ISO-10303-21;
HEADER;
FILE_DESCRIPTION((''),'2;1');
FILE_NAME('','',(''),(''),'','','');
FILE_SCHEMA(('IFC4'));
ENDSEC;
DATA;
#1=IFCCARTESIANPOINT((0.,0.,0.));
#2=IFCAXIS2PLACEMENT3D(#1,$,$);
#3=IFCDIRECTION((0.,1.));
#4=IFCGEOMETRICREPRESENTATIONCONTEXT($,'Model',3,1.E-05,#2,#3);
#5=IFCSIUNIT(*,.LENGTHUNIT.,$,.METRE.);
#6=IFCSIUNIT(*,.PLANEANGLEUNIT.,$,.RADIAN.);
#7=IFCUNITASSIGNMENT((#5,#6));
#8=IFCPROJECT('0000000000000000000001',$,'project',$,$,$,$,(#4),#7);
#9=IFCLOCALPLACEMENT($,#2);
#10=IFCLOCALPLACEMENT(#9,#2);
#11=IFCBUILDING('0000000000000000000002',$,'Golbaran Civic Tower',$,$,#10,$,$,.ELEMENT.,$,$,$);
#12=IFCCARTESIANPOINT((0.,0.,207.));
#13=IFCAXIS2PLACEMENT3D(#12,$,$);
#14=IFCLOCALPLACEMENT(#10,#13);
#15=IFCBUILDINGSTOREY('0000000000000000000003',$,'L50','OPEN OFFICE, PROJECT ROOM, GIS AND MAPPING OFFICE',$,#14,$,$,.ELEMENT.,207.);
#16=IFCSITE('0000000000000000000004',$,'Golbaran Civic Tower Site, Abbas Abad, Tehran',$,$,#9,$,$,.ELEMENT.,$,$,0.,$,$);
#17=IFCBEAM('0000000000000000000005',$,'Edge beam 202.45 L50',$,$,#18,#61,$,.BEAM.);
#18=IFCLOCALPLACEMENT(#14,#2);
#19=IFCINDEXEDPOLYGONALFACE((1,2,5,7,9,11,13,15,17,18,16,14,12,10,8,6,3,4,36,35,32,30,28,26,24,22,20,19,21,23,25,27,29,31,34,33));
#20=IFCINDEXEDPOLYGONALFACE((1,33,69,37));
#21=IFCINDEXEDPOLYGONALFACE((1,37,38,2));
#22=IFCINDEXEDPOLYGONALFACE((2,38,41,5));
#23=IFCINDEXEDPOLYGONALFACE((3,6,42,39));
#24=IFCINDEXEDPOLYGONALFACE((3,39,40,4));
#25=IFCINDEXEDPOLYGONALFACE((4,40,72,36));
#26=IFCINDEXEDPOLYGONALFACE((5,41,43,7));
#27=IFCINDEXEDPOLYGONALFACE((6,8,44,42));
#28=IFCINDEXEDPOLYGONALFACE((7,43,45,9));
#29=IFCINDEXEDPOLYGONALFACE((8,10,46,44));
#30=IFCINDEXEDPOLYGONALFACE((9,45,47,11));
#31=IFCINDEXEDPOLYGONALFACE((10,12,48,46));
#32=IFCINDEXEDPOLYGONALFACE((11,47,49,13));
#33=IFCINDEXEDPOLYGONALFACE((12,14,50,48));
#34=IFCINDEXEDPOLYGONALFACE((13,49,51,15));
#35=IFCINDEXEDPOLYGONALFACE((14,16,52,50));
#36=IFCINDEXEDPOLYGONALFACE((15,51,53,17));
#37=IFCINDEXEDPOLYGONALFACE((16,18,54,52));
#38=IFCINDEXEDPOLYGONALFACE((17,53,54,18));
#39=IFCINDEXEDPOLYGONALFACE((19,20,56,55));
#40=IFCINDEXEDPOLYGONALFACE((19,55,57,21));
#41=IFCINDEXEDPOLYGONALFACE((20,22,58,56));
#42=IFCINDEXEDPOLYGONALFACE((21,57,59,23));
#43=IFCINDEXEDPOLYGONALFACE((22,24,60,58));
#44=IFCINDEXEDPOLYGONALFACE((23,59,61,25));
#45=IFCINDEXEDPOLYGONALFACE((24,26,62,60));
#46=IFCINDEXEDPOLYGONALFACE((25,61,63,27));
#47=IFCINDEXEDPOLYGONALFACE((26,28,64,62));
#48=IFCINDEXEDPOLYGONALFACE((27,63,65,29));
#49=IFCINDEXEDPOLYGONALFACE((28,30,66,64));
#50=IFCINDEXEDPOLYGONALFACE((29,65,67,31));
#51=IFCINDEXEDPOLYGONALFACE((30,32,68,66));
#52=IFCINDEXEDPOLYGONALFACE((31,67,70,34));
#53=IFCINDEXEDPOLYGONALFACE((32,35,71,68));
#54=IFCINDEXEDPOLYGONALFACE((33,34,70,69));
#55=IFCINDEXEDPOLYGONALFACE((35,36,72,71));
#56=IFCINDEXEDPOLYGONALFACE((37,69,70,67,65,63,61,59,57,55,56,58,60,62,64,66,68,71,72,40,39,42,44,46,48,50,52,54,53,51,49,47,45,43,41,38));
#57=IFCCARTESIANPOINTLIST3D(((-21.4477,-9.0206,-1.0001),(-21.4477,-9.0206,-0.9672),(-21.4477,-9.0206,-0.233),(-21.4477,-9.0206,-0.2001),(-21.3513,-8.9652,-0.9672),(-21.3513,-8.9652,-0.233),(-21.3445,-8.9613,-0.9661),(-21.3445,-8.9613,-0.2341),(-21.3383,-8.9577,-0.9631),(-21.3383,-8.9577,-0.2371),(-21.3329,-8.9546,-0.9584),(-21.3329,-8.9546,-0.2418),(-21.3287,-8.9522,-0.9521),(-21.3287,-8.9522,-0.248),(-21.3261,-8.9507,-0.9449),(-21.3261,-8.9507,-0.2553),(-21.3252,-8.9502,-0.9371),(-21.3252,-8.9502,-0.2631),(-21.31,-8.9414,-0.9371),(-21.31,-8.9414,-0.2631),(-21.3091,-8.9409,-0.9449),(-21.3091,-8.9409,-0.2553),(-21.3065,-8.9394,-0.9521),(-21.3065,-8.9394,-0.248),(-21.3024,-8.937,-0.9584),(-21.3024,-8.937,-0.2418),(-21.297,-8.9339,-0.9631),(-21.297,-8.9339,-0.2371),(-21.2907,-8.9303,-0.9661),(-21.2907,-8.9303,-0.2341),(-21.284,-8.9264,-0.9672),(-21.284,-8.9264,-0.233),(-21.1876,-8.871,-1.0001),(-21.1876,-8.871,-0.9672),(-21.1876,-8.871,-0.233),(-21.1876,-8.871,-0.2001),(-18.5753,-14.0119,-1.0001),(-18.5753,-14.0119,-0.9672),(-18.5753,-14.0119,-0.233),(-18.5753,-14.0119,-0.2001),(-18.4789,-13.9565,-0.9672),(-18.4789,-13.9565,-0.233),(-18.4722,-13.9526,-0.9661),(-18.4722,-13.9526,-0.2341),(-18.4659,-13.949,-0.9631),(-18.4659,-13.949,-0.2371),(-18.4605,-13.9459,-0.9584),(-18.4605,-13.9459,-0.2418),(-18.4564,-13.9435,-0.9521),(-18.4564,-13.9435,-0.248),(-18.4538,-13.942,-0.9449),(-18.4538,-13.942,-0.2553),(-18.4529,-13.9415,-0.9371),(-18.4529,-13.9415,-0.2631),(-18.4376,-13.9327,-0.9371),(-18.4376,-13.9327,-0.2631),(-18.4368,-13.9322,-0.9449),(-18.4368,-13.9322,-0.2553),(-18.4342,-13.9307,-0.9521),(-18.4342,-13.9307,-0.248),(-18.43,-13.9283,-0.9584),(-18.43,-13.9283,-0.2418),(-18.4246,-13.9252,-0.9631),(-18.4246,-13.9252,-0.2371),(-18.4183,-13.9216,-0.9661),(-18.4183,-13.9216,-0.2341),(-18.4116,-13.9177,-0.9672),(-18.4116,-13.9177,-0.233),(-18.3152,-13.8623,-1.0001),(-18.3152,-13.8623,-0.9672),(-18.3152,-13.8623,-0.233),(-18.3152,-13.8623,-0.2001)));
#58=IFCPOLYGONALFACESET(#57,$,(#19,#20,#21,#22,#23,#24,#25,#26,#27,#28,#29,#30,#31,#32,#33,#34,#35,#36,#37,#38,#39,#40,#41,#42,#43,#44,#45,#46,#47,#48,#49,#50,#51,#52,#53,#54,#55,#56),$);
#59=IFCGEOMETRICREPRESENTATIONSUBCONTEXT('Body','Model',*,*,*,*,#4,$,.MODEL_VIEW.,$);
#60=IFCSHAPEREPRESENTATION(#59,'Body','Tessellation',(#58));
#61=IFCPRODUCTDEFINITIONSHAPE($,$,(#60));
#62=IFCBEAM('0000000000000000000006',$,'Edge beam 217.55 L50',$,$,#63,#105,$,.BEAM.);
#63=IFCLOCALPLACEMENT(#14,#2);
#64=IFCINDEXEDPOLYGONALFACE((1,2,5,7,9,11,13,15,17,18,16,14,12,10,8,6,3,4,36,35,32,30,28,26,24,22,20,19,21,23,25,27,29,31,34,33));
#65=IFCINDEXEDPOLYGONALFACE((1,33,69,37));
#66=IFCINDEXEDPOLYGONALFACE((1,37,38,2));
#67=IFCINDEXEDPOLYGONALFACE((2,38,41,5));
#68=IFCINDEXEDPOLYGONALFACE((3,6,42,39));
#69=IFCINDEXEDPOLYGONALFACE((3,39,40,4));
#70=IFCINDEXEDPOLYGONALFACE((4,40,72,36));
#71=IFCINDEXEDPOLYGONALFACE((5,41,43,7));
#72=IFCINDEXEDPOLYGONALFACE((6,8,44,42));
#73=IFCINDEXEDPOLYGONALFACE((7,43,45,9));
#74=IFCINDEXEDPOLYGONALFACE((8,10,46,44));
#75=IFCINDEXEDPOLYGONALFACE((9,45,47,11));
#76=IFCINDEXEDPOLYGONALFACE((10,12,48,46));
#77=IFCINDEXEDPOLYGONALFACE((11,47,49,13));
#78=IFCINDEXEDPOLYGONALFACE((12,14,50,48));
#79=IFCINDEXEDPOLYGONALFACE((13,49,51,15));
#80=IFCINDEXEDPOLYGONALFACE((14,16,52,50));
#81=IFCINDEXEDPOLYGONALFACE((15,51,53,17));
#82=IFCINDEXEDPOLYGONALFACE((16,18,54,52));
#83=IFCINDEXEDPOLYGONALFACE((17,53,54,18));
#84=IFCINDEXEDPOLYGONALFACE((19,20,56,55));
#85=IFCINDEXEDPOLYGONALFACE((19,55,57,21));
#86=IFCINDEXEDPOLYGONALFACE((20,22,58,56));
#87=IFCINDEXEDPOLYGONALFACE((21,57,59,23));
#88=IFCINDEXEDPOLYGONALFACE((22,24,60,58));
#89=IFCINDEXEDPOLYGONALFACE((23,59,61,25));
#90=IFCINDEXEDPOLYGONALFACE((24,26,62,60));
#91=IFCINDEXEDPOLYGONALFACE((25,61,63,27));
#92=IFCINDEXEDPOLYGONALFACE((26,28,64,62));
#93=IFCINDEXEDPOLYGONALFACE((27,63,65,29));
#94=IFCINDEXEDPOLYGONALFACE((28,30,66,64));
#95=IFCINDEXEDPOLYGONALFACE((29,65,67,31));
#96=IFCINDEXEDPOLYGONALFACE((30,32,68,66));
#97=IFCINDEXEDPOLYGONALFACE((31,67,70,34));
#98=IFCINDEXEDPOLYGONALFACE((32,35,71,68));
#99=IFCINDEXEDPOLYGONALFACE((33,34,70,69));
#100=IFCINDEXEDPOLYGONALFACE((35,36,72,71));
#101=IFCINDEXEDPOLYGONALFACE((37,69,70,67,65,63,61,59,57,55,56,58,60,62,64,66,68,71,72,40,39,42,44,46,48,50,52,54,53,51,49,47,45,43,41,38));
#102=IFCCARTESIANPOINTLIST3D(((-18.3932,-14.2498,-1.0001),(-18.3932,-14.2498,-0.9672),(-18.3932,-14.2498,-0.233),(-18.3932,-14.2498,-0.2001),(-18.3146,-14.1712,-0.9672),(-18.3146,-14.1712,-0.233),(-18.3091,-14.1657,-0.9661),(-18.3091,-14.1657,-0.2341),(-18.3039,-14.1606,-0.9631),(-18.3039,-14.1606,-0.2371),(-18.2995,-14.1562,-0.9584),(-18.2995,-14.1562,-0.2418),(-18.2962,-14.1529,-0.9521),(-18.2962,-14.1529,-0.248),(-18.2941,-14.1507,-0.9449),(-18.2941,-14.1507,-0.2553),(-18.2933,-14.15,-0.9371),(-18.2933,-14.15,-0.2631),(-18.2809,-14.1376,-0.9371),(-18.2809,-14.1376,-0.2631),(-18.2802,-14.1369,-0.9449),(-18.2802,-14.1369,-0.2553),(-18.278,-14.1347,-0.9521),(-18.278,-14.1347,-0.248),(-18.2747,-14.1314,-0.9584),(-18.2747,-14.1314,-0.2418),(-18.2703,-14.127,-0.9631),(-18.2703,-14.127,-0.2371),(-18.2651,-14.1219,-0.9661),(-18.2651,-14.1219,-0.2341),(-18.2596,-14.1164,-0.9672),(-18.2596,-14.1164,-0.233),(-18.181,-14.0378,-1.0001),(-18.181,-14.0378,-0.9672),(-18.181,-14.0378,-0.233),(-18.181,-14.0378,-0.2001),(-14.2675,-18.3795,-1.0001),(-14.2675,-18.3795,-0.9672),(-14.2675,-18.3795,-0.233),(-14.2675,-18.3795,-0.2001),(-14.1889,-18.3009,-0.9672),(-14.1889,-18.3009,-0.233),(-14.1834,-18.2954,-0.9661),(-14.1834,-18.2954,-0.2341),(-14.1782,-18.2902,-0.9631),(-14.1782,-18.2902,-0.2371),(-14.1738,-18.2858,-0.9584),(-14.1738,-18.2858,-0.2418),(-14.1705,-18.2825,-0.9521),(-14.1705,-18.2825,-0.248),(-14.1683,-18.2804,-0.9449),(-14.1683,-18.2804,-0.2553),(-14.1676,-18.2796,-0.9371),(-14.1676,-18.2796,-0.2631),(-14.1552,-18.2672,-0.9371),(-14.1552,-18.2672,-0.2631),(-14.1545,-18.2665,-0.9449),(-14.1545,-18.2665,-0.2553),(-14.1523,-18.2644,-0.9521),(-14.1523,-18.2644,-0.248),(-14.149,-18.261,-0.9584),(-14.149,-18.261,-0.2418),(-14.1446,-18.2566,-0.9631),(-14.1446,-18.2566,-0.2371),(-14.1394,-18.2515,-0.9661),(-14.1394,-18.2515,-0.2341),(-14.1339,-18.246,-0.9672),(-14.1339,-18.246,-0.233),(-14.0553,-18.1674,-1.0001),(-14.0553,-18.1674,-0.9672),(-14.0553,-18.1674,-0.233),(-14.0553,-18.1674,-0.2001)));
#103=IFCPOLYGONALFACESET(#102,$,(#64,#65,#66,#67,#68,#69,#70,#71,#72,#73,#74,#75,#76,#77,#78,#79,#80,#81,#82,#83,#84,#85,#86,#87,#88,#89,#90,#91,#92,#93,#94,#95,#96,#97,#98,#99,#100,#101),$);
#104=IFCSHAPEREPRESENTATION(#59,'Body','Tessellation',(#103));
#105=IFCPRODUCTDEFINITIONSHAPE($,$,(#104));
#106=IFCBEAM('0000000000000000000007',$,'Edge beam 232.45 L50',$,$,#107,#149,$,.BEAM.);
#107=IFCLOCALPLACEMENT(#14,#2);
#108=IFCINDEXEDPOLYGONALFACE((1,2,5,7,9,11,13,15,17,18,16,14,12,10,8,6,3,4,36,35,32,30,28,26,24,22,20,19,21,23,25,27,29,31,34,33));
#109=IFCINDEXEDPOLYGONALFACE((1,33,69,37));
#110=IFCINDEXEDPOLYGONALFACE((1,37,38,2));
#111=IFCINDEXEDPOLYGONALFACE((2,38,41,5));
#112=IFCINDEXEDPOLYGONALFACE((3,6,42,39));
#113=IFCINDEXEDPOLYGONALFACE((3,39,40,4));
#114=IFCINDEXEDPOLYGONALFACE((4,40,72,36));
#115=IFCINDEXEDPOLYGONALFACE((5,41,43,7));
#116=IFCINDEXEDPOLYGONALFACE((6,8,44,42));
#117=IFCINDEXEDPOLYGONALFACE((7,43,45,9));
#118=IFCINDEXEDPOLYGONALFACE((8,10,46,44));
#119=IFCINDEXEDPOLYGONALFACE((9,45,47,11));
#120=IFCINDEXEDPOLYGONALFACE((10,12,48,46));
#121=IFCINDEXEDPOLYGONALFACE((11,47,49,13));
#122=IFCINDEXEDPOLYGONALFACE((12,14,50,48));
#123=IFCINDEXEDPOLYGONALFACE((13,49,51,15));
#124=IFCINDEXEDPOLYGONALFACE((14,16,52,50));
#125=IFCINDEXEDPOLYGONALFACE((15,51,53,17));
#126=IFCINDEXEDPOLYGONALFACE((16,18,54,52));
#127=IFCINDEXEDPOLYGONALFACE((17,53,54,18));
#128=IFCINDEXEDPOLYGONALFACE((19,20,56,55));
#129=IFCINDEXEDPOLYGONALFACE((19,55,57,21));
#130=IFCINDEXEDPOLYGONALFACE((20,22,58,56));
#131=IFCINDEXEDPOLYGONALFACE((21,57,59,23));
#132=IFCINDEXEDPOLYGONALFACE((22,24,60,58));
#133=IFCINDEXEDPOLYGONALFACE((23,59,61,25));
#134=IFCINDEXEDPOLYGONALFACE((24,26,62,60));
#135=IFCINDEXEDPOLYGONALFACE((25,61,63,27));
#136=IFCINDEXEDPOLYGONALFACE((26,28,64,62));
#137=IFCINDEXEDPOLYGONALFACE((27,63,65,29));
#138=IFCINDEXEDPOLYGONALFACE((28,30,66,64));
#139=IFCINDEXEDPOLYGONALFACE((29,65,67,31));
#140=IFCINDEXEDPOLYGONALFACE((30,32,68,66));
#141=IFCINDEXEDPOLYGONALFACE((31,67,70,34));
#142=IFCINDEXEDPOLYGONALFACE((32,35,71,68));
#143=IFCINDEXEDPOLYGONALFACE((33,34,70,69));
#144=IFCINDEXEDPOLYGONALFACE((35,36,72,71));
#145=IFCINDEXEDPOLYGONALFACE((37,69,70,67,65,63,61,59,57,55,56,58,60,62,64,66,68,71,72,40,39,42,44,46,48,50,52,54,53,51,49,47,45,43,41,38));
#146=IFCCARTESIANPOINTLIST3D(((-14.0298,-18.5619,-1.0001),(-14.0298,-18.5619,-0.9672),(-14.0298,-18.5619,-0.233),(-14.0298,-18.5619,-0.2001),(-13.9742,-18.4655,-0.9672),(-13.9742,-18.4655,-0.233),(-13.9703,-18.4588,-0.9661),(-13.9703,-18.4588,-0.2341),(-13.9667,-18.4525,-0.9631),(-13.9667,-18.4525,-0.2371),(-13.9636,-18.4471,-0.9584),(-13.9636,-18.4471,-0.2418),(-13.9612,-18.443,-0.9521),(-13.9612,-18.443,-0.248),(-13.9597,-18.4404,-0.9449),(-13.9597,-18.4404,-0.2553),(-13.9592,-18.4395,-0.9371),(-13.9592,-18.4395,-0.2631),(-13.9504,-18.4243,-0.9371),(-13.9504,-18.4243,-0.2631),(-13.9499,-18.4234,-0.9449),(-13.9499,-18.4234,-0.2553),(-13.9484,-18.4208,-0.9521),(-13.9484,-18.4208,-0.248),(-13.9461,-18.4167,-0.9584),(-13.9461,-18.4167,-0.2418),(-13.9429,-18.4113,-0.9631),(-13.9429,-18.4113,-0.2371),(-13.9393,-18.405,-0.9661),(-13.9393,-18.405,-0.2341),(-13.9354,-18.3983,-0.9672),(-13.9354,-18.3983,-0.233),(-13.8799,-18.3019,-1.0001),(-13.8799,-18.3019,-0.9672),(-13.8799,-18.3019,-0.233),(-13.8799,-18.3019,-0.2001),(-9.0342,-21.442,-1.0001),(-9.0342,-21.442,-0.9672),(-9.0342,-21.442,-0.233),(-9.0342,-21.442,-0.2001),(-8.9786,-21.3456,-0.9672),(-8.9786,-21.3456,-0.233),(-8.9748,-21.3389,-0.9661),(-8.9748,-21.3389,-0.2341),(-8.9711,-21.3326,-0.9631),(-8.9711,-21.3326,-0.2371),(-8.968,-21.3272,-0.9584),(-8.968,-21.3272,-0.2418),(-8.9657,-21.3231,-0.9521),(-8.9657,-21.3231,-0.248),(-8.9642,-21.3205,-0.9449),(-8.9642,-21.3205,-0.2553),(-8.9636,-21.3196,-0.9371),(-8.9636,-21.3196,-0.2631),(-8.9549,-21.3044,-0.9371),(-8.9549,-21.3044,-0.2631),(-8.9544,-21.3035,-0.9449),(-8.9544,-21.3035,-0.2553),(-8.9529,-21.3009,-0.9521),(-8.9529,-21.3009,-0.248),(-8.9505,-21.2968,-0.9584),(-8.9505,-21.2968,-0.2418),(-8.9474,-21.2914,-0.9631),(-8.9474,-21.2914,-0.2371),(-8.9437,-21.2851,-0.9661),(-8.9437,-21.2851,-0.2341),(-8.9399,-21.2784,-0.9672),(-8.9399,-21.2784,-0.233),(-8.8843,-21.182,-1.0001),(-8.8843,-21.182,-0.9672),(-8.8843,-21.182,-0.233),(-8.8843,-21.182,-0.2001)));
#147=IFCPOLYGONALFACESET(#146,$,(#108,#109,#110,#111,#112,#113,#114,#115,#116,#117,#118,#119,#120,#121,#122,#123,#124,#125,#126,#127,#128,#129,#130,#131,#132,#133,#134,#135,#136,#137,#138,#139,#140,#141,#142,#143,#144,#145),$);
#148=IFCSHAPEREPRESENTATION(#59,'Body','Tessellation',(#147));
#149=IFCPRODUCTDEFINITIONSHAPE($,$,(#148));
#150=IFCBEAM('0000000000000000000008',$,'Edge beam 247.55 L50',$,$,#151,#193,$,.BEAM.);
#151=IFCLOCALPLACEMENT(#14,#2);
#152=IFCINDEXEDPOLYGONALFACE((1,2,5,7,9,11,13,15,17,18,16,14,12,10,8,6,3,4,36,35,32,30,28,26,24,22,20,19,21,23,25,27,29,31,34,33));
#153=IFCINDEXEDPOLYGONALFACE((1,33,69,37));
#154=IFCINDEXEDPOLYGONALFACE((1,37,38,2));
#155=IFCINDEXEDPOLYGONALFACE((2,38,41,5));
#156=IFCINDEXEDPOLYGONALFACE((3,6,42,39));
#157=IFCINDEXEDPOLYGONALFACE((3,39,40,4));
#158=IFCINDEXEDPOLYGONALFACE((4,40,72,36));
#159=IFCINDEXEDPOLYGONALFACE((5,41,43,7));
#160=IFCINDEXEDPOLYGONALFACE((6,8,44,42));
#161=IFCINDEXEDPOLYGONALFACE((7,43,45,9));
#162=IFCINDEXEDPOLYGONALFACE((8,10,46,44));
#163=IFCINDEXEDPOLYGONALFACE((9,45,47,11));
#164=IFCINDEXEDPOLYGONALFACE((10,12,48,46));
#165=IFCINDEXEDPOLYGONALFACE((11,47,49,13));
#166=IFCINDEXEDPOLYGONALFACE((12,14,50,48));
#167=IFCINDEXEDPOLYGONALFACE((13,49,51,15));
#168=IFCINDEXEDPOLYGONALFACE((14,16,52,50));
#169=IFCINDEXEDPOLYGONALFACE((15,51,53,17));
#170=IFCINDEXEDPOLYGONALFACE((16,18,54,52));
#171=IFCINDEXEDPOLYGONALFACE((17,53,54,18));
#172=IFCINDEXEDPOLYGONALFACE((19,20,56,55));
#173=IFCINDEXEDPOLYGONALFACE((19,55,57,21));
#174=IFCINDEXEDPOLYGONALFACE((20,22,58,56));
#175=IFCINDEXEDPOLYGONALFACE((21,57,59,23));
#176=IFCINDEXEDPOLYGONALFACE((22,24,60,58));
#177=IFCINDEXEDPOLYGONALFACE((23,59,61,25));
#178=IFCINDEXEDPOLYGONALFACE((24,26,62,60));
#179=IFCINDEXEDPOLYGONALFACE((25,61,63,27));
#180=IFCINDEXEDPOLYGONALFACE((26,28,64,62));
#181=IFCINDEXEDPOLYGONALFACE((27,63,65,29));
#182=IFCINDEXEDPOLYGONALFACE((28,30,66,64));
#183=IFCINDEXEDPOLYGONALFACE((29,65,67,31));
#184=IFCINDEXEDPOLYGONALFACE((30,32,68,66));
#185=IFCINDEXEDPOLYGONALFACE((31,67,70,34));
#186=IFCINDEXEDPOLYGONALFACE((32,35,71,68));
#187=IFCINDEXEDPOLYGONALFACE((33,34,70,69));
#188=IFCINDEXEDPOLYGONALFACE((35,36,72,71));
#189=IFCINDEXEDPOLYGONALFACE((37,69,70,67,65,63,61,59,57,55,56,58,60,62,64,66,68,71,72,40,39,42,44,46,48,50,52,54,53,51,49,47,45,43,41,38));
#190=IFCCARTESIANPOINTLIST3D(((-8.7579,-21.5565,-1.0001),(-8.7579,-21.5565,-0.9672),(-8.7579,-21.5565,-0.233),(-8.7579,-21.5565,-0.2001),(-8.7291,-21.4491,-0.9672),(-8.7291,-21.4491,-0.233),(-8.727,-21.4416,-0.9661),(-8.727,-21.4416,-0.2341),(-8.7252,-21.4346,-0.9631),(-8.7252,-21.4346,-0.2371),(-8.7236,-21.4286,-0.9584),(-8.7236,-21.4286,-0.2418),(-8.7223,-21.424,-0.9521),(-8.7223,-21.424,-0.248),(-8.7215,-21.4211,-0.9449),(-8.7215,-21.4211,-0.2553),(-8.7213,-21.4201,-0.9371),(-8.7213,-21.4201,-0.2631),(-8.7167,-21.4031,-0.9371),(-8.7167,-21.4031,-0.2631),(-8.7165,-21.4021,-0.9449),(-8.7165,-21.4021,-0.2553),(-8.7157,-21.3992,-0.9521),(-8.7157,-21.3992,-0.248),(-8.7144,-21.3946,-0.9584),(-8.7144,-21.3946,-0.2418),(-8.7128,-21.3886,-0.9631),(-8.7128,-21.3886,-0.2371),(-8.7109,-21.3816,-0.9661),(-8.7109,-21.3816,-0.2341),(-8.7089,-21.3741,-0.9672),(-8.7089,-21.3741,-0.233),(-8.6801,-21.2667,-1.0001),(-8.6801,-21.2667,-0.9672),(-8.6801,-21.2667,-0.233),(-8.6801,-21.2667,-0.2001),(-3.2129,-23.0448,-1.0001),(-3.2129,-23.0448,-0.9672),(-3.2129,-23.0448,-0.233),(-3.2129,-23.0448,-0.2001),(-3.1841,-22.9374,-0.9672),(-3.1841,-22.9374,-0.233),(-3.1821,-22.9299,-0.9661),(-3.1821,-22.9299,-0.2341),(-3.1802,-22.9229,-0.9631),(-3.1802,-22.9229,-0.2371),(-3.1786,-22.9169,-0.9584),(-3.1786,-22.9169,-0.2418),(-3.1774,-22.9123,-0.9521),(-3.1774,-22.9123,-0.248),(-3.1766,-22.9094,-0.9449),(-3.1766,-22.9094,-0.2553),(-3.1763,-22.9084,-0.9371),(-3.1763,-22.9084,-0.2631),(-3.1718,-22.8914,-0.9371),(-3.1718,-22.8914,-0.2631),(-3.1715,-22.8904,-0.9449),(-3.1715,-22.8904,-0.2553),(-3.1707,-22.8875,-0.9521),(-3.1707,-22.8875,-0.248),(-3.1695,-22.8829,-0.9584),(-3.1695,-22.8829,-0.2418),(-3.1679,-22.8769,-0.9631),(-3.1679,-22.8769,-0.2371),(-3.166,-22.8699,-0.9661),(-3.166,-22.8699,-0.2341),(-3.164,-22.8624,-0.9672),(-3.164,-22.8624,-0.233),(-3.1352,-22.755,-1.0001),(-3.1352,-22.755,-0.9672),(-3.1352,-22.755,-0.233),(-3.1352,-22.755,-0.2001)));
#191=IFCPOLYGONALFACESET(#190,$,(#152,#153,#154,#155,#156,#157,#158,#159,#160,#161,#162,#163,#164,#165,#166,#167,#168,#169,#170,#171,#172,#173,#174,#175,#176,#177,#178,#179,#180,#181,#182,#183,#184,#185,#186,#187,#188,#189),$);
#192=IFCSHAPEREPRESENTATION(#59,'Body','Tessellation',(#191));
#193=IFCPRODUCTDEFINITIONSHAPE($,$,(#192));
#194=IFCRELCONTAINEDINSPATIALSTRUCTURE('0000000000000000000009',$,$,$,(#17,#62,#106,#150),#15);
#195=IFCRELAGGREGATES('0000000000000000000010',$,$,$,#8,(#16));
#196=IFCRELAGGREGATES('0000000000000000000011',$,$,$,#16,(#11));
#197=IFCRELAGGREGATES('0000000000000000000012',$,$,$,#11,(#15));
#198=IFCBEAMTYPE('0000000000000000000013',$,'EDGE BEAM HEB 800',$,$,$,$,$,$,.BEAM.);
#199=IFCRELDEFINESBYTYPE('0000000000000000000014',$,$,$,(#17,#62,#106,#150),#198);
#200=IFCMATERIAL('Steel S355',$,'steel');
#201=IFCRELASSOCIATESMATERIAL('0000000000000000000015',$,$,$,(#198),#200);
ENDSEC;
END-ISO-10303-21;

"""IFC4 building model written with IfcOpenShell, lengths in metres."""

from ifc_helpers import new_model, si_unit, direction, frame, origin, origin_2d, place, context, subcontext, project, spatial, i_section, extrude, material, material_profile, profile_set, type_object, element, save


model = new_model("IFC4")

# Units and contexts
model_context = context("Model", 3, precision=1e-05, world=origin(), true_north=direction((0.0, 1.0)))
body_context = subcontext(model_context, "Body", "Model", "MODEL_VIEW")
ifc_project = project(units=[si_unit("LENGTHUNIT", "METRE"), si_unit("PLANEANGLEUNIT", "RADIAN")], contexts=[model_context])

# Site, building, storey
site_placement = place(None, origin())
site = spatial("IfcSite", under=ifc_project, at=site_placement, Name="Golbaran Civic Tower Site, Abbas Abad, Tehran", CompositionType="ELEMENT", RefElevation=0.0)
building_placement = place(site_placement, origin())
building = spatial("IfcBuilding", under=site, at=building_placement, Name="Golbaran Civic Tower", CompositionType="ELEMENT")
storey_placement = place(building_placement, frame((0.0, 0.0, 207.0)))
storey = spatial("IfcBuildingStorey", under=building, at=storey_placement, Name="L50", Description="OPEN OFFICE, PROJECT ROOM, GIS AND MAPPING OFFICE", CompositionType="ELEMENT", Elevation=207.0)

# Beams
ifc_material_1 = material(Name="Steel S355", Category="steel")
ifc_material_profile_1 = material_profile(ifc_material_1, i_section(OverallWidth=0.3, OverallDepth=0.8, WebThickness=0.0176, FlangeThickness=0.033, FilletRadius=0.03, at=origin_2d()), Name="HEB 800")
ifc_profile_set_1 = profile_set([ifc_material_profile_1], Name="Steel S355")
beam_type_1 = type_object("IfcBeamType", Name="EDGE BEAM HEB 800", PredefinedType="BEAM", material=ifc_profile_set_1)
beam_1_placement = place(storey_placement, frame((-21.3176, -8.9458, -0.6001), z_axis=(0.49878, -0.866729, 0.0), x_axis=(0.866729, 0.49878, 0.0)))
element("IfcBeam", 1, at=beam_1_placement, inside=storey, type_object=beam_type_1, Name="Edge beam 202.45 L50", PredefinedType="BEAM", context=body_context, shape_type="SweptSolid", body=[
    extrude(i_section(OverallWidth=0.3, OverallDepth=0.8, WebThickness=0.0176, FlangeThickness=0.033, FilletRadius=0.03, at=origin_2d()), origin(), (0.0, 0.0, 1.0), 5.7588),
])
beam_2_placement = place(storey_placement, frame((-18.2871, -14.1438, -0.6001), z_axis=(0.706772, -0.707441, 0.0), x_axis=(0.707441, 0.706772, 0.0)))
element("IfcBeam", 2, at=beam_2_placement, inside=storey, type_object=beam_type_1, Name="Edge beam 217.55 L50", PredefinedType="BEAM", context=body_context, shape_type="SweptSolid", body=[
    extrude(i_section(OverallWidth=0.3, OverallDepth=0.8, WebThickness=0.0176, FlangeThickness=0.033, FilletRadius=0.03, at=origin_2d()), origin(), (0.0, 0.0, 1.0), 5.8374),
])
beam_3_placement = place(storey_placement, frame((-13.9548, -18.4319, -0.6001), z_axis=(0.866332, -0.499468, 0.0), x_axis=(0.499468, 0.866332, 0.0)))
element("IfcBeam", 3, at=beam_3_placement, inside=storey, type_object=beam_type_1, Name="Edge beam 232.45 L50", PredefinedType="BEAM", context=body_context, shape_type="SweptSolid", body=[
    extrude(i_section(OverallWidth=0.3, OverallDepth=0.8, WebThickness=0.0176, FlangeThickness=0.033, FilletRadius=0.03, at=origin_2d()), origin(), (0.0, 0.0, 1.0), 5.7664),
])
beam_4_placement = place(storey_placement, frame((-8.719, -21.4116, -0.6001), z_axis=(0.965816, -0.259229, 0.0), x_axis=(0.259229, 0.965816, 0.0)))
element("IfcBeam", 4, at=beam_4_placement, inside=storey, type_object=beam_type_1, Name="Edge beam 247.55 L50", PredefinedType="BEAM", context=body_context, shape_type="SweptSolid", body=[
    extrude(i_section(OverallWidth=0.3, OverallDepth=0.8, WebThickness=0.0176, FlangeThickness=0.033, FilletRadius=0.03, at=origin_2d()), origin(), (0.0, 0.0, 1.0), 5.7412),
])

save(model, "model.ifc")
